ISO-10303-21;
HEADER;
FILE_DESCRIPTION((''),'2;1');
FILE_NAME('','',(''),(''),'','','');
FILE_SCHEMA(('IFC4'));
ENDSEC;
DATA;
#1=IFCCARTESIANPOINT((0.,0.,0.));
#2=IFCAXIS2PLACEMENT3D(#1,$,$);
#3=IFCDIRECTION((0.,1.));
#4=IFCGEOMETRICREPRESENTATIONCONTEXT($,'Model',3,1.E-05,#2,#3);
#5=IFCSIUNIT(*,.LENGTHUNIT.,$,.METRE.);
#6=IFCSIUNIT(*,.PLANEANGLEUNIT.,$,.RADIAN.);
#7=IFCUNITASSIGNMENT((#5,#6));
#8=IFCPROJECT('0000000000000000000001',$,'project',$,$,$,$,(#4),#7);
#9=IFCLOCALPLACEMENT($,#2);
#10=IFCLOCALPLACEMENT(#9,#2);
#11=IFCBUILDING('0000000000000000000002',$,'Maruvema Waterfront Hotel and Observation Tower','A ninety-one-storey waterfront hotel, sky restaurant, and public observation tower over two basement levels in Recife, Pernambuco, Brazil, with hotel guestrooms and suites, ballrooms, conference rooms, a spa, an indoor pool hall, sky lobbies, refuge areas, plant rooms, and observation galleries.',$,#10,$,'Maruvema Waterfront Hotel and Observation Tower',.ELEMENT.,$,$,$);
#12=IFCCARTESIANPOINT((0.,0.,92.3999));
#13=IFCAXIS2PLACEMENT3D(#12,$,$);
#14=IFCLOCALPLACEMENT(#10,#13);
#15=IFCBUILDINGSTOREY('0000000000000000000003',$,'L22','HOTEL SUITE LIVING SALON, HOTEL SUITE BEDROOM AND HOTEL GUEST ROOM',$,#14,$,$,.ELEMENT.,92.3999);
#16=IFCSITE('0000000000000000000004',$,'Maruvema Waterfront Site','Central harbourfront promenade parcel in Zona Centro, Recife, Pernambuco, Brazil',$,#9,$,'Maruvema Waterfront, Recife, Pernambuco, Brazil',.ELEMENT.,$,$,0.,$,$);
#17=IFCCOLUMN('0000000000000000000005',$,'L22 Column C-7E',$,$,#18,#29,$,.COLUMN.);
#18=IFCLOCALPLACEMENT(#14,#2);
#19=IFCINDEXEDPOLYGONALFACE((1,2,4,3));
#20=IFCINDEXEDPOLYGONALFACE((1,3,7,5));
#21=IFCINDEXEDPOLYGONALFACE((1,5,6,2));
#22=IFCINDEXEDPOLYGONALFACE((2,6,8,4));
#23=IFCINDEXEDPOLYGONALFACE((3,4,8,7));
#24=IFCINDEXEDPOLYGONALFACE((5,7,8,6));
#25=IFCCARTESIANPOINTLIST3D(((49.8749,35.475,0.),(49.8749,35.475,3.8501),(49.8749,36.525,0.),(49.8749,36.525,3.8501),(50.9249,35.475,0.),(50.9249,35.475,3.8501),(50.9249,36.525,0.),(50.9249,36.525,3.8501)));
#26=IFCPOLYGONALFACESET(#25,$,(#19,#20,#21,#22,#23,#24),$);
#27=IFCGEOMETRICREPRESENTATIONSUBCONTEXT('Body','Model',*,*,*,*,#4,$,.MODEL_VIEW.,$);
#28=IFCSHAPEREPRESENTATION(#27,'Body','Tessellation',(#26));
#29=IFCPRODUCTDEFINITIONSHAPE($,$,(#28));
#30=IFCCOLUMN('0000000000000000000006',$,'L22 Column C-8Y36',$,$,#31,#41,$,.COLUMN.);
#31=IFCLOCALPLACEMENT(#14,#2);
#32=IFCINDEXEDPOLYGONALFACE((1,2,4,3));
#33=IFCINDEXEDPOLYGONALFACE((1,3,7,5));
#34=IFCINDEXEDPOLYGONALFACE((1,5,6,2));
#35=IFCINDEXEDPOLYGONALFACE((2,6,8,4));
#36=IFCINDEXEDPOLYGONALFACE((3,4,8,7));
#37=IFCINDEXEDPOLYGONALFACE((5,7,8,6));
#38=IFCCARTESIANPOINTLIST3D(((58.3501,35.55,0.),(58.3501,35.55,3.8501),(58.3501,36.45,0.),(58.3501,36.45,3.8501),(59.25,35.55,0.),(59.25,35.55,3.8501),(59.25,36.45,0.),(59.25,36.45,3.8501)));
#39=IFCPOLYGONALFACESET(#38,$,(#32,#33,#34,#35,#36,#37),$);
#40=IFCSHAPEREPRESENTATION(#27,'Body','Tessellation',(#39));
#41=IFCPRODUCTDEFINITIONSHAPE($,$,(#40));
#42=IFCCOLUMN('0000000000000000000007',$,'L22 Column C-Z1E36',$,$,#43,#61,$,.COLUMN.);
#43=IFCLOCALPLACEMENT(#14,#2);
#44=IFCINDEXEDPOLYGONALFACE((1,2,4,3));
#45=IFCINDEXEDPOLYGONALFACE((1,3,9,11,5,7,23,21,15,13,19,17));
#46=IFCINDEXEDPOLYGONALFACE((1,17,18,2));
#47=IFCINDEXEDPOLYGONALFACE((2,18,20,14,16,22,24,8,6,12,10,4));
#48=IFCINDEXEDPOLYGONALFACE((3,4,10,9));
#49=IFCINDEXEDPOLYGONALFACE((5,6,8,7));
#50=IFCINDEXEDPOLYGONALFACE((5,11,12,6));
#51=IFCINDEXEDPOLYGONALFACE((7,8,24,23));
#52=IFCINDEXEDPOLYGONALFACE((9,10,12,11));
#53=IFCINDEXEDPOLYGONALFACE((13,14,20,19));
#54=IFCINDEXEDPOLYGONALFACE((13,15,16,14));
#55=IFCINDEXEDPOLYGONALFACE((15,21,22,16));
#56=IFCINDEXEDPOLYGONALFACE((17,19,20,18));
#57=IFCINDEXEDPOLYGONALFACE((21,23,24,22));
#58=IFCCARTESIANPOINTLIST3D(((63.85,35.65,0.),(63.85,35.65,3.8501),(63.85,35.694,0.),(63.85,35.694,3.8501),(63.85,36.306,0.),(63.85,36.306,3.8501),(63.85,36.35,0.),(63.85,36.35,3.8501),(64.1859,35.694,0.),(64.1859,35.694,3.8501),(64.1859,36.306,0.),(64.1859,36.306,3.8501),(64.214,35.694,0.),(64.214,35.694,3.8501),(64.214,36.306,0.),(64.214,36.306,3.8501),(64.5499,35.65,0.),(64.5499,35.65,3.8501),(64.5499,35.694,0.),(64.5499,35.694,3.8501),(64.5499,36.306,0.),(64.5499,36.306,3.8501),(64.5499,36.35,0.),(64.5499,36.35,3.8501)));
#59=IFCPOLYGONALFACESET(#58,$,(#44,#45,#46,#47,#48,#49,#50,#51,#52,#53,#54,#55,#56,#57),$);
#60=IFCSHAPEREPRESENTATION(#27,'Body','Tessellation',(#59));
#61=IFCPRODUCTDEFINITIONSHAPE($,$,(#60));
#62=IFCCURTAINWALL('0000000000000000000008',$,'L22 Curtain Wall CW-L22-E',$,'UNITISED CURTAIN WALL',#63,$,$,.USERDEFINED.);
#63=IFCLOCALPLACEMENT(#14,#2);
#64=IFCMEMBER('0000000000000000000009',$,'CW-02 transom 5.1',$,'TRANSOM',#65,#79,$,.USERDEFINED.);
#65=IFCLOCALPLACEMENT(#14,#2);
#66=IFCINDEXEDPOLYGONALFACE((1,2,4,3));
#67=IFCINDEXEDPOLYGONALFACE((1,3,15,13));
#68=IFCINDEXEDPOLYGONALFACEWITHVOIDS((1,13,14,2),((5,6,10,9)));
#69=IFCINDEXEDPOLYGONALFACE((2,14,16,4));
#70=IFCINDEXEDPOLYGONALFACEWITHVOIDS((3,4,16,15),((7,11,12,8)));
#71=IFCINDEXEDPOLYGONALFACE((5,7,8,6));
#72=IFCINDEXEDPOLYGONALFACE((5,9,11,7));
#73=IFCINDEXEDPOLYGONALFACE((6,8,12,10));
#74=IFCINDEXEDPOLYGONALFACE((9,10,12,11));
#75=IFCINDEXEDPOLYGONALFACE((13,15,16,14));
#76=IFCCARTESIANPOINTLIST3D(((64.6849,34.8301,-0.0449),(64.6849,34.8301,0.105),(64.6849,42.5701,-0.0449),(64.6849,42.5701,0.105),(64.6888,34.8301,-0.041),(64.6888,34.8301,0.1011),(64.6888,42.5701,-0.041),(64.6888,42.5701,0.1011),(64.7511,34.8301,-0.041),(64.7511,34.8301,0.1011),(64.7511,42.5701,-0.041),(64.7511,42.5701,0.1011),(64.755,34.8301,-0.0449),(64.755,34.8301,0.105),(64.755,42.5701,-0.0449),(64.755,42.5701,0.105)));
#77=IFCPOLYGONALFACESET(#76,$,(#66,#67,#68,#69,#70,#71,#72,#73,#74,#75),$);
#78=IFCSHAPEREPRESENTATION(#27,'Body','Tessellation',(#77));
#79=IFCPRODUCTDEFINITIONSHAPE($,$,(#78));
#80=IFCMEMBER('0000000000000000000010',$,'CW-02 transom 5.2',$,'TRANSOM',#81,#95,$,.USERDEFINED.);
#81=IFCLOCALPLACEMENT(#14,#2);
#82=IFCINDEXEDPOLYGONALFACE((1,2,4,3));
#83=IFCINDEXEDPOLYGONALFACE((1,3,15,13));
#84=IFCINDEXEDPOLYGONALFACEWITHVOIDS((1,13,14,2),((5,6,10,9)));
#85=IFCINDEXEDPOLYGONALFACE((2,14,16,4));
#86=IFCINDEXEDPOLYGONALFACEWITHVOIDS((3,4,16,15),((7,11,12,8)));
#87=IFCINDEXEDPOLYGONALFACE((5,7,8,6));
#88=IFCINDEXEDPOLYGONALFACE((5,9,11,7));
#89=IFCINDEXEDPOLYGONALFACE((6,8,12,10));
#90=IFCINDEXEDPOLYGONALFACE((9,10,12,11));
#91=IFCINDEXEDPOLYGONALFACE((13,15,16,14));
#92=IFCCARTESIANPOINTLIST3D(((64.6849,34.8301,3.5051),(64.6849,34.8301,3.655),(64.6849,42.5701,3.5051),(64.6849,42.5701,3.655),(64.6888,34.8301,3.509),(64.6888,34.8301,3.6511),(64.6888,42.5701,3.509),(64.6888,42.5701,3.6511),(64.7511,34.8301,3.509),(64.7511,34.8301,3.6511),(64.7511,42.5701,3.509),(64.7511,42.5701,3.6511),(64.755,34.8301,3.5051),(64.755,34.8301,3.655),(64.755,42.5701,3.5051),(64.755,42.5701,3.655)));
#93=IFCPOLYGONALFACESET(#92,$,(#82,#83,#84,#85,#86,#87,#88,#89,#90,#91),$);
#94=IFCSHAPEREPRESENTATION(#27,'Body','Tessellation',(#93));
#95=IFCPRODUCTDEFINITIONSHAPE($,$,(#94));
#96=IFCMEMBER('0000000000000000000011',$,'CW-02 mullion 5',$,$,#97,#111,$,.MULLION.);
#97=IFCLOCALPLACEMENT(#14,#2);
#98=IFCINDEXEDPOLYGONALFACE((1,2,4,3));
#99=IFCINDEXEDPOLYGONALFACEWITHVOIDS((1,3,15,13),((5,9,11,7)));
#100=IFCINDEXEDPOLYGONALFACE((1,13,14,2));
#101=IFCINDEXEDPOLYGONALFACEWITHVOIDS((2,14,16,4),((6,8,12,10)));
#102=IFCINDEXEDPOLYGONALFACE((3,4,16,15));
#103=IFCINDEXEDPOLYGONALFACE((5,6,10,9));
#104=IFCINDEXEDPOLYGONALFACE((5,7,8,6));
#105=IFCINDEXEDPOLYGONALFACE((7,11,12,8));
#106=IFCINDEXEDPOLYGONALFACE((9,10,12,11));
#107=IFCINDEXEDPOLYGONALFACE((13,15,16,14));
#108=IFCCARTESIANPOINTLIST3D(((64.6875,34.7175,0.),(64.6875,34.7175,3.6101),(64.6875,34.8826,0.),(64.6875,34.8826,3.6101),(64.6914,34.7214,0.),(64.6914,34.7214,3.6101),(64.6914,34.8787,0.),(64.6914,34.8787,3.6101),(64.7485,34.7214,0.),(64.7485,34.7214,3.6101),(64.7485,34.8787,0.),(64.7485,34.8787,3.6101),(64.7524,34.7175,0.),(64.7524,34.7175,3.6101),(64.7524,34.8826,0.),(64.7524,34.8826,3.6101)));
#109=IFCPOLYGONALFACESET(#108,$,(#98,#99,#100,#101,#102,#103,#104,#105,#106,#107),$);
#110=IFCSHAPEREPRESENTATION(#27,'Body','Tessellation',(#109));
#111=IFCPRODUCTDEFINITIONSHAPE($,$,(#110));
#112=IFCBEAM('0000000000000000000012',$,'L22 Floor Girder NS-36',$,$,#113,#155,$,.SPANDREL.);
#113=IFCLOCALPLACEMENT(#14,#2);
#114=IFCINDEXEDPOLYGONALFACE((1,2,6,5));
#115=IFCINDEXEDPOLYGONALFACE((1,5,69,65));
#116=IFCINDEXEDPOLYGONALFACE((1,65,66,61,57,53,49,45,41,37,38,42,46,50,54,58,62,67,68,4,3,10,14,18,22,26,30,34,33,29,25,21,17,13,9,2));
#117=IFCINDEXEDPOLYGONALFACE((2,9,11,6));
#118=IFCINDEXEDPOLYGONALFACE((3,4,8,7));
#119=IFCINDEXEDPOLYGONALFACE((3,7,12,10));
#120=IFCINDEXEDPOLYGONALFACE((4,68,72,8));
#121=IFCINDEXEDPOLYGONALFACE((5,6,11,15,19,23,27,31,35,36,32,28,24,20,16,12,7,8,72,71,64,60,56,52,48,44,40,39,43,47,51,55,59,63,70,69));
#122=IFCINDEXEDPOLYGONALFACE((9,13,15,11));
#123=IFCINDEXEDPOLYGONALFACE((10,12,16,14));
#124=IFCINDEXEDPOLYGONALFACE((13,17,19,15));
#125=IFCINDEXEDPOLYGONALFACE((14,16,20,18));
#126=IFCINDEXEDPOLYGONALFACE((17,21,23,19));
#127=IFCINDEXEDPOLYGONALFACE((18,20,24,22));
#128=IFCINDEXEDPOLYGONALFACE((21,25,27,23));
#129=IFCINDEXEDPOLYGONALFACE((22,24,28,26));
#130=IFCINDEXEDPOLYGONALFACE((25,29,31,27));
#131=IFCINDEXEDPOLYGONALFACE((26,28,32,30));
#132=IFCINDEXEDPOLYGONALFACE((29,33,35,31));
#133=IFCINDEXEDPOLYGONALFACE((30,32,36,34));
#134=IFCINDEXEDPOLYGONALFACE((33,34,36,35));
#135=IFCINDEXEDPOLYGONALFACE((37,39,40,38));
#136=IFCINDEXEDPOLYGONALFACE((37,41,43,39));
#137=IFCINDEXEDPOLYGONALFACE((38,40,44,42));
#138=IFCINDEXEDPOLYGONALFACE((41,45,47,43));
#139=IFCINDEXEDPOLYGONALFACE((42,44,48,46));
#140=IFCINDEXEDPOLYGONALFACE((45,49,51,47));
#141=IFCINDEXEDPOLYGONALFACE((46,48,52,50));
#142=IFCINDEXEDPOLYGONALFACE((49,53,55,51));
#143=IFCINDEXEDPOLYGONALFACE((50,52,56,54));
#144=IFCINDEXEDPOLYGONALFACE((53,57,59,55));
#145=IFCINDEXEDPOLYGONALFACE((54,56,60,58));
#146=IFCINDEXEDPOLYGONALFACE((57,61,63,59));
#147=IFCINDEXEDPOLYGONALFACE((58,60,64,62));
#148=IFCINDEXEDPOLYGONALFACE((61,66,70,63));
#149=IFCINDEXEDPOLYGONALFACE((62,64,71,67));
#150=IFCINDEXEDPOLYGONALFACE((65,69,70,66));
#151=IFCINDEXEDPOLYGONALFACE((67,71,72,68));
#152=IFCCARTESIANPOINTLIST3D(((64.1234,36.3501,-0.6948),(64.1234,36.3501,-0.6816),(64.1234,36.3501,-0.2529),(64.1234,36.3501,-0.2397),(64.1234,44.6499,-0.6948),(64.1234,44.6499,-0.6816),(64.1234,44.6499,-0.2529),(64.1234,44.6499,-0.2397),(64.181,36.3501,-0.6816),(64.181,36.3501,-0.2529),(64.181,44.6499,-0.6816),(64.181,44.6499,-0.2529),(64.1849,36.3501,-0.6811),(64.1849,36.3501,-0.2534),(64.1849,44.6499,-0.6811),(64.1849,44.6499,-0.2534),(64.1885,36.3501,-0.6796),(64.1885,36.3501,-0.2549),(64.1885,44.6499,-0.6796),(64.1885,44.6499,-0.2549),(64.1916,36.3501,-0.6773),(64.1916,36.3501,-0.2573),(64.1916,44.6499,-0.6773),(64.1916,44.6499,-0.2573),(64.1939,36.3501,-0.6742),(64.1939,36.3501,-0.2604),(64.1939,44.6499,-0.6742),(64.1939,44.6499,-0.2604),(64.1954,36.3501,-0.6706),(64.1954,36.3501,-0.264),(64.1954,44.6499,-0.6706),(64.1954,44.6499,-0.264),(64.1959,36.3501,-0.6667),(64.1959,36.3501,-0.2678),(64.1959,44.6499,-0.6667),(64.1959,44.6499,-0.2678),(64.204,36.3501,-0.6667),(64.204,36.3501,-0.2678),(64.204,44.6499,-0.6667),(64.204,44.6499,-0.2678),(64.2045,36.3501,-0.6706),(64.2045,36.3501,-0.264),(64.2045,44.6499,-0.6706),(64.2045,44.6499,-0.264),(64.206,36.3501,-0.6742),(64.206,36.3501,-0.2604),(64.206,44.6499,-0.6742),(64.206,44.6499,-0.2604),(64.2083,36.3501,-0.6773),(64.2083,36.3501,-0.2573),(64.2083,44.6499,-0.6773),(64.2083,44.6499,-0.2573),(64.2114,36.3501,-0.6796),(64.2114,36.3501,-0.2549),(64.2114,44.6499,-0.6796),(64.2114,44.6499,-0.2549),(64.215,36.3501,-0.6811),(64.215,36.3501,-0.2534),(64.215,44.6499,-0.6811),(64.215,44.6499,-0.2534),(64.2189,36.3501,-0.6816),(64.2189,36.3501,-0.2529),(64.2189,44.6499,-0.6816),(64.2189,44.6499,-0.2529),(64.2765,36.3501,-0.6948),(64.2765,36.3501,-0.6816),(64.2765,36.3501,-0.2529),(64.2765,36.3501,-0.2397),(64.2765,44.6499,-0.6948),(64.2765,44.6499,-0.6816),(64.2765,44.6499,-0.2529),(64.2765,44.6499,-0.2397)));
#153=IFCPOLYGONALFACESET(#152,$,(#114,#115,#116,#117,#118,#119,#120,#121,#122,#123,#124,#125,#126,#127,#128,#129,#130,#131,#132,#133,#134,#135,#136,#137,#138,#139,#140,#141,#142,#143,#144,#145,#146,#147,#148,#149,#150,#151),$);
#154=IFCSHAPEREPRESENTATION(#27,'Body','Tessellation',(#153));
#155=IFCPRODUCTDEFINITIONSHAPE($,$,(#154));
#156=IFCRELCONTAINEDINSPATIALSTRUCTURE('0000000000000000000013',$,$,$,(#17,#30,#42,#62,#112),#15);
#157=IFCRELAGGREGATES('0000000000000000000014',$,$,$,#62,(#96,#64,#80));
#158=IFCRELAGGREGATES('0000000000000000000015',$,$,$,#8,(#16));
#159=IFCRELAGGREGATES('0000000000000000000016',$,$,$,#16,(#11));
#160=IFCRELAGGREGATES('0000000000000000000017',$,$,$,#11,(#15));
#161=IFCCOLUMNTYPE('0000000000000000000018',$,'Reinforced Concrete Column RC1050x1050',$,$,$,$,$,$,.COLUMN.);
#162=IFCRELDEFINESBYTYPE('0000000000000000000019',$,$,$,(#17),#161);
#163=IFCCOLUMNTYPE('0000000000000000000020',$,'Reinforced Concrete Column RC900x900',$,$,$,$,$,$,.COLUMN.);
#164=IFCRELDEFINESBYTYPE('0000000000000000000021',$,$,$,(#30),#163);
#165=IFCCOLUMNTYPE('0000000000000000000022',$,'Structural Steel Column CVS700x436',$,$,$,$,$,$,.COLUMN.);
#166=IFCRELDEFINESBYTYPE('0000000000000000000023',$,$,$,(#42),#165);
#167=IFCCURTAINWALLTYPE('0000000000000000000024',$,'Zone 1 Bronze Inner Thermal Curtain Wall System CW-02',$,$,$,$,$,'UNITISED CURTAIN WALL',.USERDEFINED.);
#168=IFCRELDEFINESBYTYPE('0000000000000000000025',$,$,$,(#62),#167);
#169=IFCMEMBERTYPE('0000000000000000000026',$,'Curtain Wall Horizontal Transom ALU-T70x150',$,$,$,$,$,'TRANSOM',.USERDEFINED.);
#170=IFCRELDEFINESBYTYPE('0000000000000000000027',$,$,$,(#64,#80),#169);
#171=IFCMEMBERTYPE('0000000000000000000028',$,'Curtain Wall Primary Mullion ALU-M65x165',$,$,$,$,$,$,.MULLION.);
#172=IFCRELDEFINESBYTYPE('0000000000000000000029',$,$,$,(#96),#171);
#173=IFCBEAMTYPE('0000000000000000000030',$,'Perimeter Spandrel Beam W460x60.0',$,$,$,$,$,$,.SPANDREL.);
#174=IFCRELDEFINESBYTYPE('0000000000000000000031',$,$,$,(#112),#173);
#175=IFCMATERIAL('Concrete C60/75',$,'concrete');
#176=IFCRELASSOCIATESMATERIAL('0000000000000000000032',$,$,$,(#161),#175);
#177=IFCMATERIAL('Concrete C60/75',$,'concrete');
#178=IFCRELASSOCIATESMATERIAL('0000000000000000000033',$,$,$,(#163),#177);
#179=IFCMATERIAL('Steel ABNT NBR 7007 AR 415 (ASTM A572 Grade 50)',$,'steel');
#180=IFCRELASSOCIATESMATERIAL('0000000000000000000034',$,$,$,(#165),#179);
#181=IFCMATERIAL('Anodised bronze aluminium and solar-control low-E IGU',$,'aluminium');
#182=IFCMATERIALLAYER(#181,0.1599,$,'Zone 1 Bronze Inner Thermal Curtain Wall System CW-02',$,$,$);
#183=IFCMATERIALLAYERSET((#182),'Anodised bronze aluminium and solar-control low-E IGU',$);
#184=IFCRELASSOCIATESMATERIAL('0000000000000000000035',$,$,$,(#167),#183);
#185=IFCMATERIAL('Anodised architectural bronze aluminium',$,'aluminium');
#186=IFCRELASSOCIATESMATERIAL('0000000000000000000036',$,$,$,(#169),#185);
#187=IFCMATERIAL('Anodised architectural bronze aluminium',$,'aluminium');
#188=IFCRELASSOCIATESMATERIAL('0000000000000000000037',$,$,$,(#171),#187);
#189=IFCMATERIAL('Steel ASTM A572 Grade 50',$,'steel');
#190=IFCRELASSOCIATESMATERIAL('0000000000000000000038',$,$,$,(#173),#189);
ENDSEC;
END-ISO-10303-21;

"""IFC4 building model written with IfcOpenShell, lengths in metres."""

from ifc_helpers import new_model, si_unit, direction, frame, origin, origin_2d, place, context, subcontext, project, spatial, rectangle, hollow_rectangle, i_section, extrude, material, layer, layer_set, material_profile, profile_set, type_object, element, aggregate, save


model = new_model("IFC4")

# Units and contexts
model_context = context("Model", 3, precision=1e-05, world=origin(), true_north=direction((0.0, 1.0)))
body_context = subcontext(model_context, "Body", "Model", "MODEL_VIEW")
ifc_project = project(units=[si_unit("LENGTHUNIT", "METRE"), si_unit("PLANEANGLEUNIT", "RADIAN")], contexts=[model_context])

# Site, building, storey
site_placement = place(None, origin())
site = spatial("IfcSite", under=ifc_project, at=site_placement, Name="Maruvema Waterfront Site", Description="Central harbourfront promenade parcel in Zona Centro, Recife, Pernambuco, Brazil", LongName="Maruvema Waterfront, Recife, Pernambuco, Brazil", CompositionType="ELEMENT", RefElevation=0.0)
building_placement = place(site_placement, origin())
building = spatial("IfcBuilding", under=site, at=building_placement, Name="Maruvema Waterfront Hotel and Observation Tower", Description="A ninety-one-storey waterfront hotel, sky restaurant, and public observation tower over two basement levels in Recife, Pernambuco, Brazil, with hotel guestrooms and suites, ballrooms, conference rooms, a spa, an indoor pool hall, sky lobbies, refuge areas, plant rooms, and observation galleries.", LongName="Maruvema Waterfront Hotel and Observation Tower", CompositionType="ELEMENT")
storey_placement = place(building_placement, frame((0.0, 0.0, 92.3999)))
storey = spatial("IfcBuildingStorey", under=building, at=storey_placement, Name="L22", Description="HOTEL SUITE LIVING SALON, HOTEL SUITE BEDROOM AND HOTEL GUEST ROOM", CompositionType="ELEMENT", Elevation=92.3999)

# Columns
ifc_material_1 = material(Name="Concrete C60/75", Category="concrete")
ifc_material_profile_1 = material_profile(ifc_material_1, rectangle(XDim=1.05, YDim=1.05, at=origin_2d()), Name="RC1050x1050")
ifc_profile_set_1 = profile_set([ifc_material_profile_1], Name="Concrete C60/75")
column_type_1 = type_object("IfcColumnType", Name="Reinforced Concrete Column RC1050x1050", PredefinedType="COLUMN", material=ifc_profile_set_1)
column_1_placement = place(storey_placement, frame((50.3999, 36.0, 0.0), z_axis=(0.0, 0.0, 1.0), x_axis=(1.0, 0.0, 0.0)))
element("IfcColumn", 1, at=column_1_placement, inside=storey, type_object=column_type_1, Name="L22 Column C-7E", PredefinedType="COLUMN", context=body_context, shape_type="SweptSolid", body=[
    extrude(rectangle(XDim=1.05, YDim=1.05, at=origin_2d()), origin(), (0.0, 0.0, 1.0), 3.8501),
])
ifc_material_2 = material(Name="Concrete C60/75", Category="concrete")
ifc_material_profile_2 = material_profile(ifc_material_2, rectangle(XDim=0.8999, YDim=0.8999, at=origin_2d()), Name="RC900x900")
ifc_profile_set_2 = profile_set([ifc_material_profile_2], Name="Concrete C60/75")
column_type_2 = type_object("IfcColumnType", Name="Reinforced Concrete Column RC900x900", PredefinedType="COLUMN", material=ifc_profile_set_2)
column_2_placement = place(storey_placement, frame((58.8, 36.0, 0.0), z_axis=(0.0, 0.0, 1.0), x_axis=(1.0, 0.0, 0.0)))
element("IfcColumn", 2, at=column_2_placement, inside=storey, type_object=column_type_2, Name="L22 Column C-8Y36", PredefinedType="COLUMN", context=body_context, shape_type="SweptSolid", body=[
    extrude(rectangle(XDim=0.8999, YDim=0.8999, at=origin_2d()), origin(), (0.0, 0.0, 1.0), 3.8501),
])
ifc_material_3 = material(Name="Steel ABNT NBR 7007 AR 415 (ASTM A572 Grade 50)", Category="steel")
ifc_material_profile_3 = material_profile(ifc_material_3, i_section(OverallWidth=0.7, OverallDepth=0.7, WebThickness=0.0281, FlangeThickness=0.0439, at=origin_2d()), Name="CVS700x436")
ifc_profile_set_3 = profile_set([ifc_material_profile_3], Name="Steel ABNT NBR 7007 AR 415 (ASTM A572 Grade 50)")
column_type_3 = type_object("IfcColumnType", Name="Structural Steel Column CVS700x436", PredefinedType="COLUMN", material=ifc_profile_set_3)
column_3_placement = place(storey_placement, frame((64.2, 36.0, 0.0), z_axis=(0.0, 0.0, 1.0), x_axis=(1.0, 0.0, 0.0)))
element("IfcColumn", 3, at=column_3_placement, inside=storey, type_object=column_type_3, Name="L22 Column C-Z1E36", PredefinedType="COLUMN", context=body_context, shape_type="SweptSolid", body=[
    extrude(i_section(OverallWidth=0.7, OverallDepth=0.7, WebThickness=0.0281, FlangeThickness=0.0439, at=origin_2d()), origin(), (0.0, 0.0, 1.0), 3.8501),
])

# Curtain wall, members
ifc_material_4 = material(Name="Anodised bronze aluminium and solar-control low-E IGU", Category="aluminium")
ifc_layer_1 = layer(ifc_material_4, 0.1599, Name="Zone 1 Bronze Inner Thermal Curtain Wall System CW-02")
ifc_layer_set_1 = layer_set([ifc_layer_1], Name="Anodised bronze aluminium and solar-control low-E IGU")
curtain_wall_type = type_object("IfcCurtainWallType", Name="Zone 1 Bronze Inner Thermal Curtain Wall System CW-02", ElementType="UNITISED CURTAIN WALL", PredefinedType="USERDEFINED", material=ifc_layer_set_1)
curtain_wall_placement = place(storey_placement, origin())
curtain_wall = element("IfcCurtainWall", 4, at=curtain_wall_placement, inside=storey, type_object=curtain_wall_type, Name="L22 Curtain Wall CW-L22-E", ObjectType="UNITISED CURTAIN WALL", PredefinedType="USERDEFINED")
ifc_material_5 = material(Name="Anodised architectural bronze aluminium", Category="aluminium")
ifc_material_profile_4 = material_profile(ifc_material_5, hollow_rectangle(XDim=0.0701, YDim=0.1499, WallThickness=0.0039, at=origin_2d()), Name="ALU-T70x150")
ifc_profile_set_4 = profile_set([ifc_material_profile_4], Name="Anodised architectural bronze aluminium")
member_type_1 = type_object("IfcMemberType", Name="Curtain Wall Horizontal Transom ALU-T70x150", ElementType="TRANSOM", PredefinedType="USERDEFINED", material=ifc_profile_set_4)
member_1_placement = place(storey_placement, frame((64.72, 34.8301, 0.03), z_axis=(0.0, 1.0, 0.0), x_axis=(-1.0, 0.0, 0.0)))
member_1 = element("IfcMember", 5, at=member_1_placement, type_object=member_type_1, Name="CW-02 transom 5.1", ObjectType="TRANSOM", PredefinedType="USERDEFINED", context=body_context, shape_type="SweptSolid", body=[
    extrude(hollow_rectangle(XDim=0.0701, YDim=0.1499, WallThickness=0.0039, at=origin_2d()), origin(), (0.0, 0.0, 1.0), 7.74),
])
member_2_placement = place(storey_placement, frame((64.72, 34.8301, 3.5801), z_axis=(0.0, 1.0, 0.0), x_axis=(-1.0, 0.0, 0.0)))
member_2 = element("IfcMember", 6, at=member_2_placement, type_object=member_type_1, Name="CW-02 transom 5.2", ObjectType="TRANSOM", PredefinedType="USERDEFINED", context=body_context, shape_type="SweptSolid", body=[
    extrude(hollow_rectangle(XDim=0.0701, YDim=0.1499, WallThickness=0.0039, at=origin_2d()), origin(), (0.0, 0.0, 1.0), 7.74),
])
ifc_material_6 = material(Name="Anodised architectural bronze aluminium", Category="aluminium")
ifc_material_profile_5 = material_profile(ifc_material_6, hollow_rectangle(XDim=0.0649, YDim=0.165, WallThickness=0.0039, at=origin_2d()), Name="ALU-M65x165")
ifc_profile_set_5 = profile_set([ifc_material_profile_5], Name="Anodised architectural bronze aluminium")
member_type_2 = type_object("IfcMemberType", Name="Curtain Wall Primary Mullion ALU-M65x165", PredefinedType="MULLION", material=ifc_profile_set_5)
member_3_placement = place(storey_placement, frame((64.72, 34.8, 0.0), z_axis=(0.0, 0.0, 1.0), x_axis=(-1.0, 0.0, 0.0)))
member_3 = element("IfcMember", 7, at=member_3_placement, type_object=member_type_2, Name="CW-02 mullion 5", PredefinedType="MULLION", context=body_context, shape_type="SweptSolid", body=[
    extrude(hollow_rectangle(XDim=0.0649, YDim=0.165, WallThickness=0.0039, at=origin_2d()), origin(), (0.0, 0.0, 1.0), 3.6101),
])

# Beam
ifc_material_7 = material(Name="Steel ASTM A572 Grade 50", Category="steel")
ifc_material_profile_6 = material_profile(ifc_material_7, i_section(OverallWidth=0.1531, OverallDepth=0.4551, WebThickness=0.0081, FlangeThickness=0.0132, FilletRadius=0.0149, at=origin_2d()), Name="W460x60.0")
ifc_profile_set_6 = profile_set([ifc_material_profile_6], Name="Steel ASTM A572 Grade 50")
beam_type_1 = type_object("IfcBeamType", Name="Perimeter Spandrel Beam W460x60.0", PredefinedType="SPANDREL", material=ifc_profile_set_6)
beam_1_placement = place(storey_placement, frame((64.2, 36.3501, -0.4673), z_axis=(0.0, 1.0, 0.0), x_axis=(-1.0, 0.0, 0.0)))
element("IfcBeam", 8, at=beam_1_placement, inside=storey, type_object=beam_type_1, Name="L22 Floor Girder NS-36", PredefinedType="SPANDREL", context=body_context, shape_type="SweptSolid", body=[
    extrude(i_section(OverallWidth=0.1531, OverallDepth=0.4551, WebThickness=0.0081, FlangeThickness=0.0132, FilletRadius=0.0149, at=origin_2d()), origin(), (0.0, 0.0, 1.0), 8.2998),
])

aggregate(curtain_wall, [member_3, member_1, member_2])

save(model, "model.ifc")
